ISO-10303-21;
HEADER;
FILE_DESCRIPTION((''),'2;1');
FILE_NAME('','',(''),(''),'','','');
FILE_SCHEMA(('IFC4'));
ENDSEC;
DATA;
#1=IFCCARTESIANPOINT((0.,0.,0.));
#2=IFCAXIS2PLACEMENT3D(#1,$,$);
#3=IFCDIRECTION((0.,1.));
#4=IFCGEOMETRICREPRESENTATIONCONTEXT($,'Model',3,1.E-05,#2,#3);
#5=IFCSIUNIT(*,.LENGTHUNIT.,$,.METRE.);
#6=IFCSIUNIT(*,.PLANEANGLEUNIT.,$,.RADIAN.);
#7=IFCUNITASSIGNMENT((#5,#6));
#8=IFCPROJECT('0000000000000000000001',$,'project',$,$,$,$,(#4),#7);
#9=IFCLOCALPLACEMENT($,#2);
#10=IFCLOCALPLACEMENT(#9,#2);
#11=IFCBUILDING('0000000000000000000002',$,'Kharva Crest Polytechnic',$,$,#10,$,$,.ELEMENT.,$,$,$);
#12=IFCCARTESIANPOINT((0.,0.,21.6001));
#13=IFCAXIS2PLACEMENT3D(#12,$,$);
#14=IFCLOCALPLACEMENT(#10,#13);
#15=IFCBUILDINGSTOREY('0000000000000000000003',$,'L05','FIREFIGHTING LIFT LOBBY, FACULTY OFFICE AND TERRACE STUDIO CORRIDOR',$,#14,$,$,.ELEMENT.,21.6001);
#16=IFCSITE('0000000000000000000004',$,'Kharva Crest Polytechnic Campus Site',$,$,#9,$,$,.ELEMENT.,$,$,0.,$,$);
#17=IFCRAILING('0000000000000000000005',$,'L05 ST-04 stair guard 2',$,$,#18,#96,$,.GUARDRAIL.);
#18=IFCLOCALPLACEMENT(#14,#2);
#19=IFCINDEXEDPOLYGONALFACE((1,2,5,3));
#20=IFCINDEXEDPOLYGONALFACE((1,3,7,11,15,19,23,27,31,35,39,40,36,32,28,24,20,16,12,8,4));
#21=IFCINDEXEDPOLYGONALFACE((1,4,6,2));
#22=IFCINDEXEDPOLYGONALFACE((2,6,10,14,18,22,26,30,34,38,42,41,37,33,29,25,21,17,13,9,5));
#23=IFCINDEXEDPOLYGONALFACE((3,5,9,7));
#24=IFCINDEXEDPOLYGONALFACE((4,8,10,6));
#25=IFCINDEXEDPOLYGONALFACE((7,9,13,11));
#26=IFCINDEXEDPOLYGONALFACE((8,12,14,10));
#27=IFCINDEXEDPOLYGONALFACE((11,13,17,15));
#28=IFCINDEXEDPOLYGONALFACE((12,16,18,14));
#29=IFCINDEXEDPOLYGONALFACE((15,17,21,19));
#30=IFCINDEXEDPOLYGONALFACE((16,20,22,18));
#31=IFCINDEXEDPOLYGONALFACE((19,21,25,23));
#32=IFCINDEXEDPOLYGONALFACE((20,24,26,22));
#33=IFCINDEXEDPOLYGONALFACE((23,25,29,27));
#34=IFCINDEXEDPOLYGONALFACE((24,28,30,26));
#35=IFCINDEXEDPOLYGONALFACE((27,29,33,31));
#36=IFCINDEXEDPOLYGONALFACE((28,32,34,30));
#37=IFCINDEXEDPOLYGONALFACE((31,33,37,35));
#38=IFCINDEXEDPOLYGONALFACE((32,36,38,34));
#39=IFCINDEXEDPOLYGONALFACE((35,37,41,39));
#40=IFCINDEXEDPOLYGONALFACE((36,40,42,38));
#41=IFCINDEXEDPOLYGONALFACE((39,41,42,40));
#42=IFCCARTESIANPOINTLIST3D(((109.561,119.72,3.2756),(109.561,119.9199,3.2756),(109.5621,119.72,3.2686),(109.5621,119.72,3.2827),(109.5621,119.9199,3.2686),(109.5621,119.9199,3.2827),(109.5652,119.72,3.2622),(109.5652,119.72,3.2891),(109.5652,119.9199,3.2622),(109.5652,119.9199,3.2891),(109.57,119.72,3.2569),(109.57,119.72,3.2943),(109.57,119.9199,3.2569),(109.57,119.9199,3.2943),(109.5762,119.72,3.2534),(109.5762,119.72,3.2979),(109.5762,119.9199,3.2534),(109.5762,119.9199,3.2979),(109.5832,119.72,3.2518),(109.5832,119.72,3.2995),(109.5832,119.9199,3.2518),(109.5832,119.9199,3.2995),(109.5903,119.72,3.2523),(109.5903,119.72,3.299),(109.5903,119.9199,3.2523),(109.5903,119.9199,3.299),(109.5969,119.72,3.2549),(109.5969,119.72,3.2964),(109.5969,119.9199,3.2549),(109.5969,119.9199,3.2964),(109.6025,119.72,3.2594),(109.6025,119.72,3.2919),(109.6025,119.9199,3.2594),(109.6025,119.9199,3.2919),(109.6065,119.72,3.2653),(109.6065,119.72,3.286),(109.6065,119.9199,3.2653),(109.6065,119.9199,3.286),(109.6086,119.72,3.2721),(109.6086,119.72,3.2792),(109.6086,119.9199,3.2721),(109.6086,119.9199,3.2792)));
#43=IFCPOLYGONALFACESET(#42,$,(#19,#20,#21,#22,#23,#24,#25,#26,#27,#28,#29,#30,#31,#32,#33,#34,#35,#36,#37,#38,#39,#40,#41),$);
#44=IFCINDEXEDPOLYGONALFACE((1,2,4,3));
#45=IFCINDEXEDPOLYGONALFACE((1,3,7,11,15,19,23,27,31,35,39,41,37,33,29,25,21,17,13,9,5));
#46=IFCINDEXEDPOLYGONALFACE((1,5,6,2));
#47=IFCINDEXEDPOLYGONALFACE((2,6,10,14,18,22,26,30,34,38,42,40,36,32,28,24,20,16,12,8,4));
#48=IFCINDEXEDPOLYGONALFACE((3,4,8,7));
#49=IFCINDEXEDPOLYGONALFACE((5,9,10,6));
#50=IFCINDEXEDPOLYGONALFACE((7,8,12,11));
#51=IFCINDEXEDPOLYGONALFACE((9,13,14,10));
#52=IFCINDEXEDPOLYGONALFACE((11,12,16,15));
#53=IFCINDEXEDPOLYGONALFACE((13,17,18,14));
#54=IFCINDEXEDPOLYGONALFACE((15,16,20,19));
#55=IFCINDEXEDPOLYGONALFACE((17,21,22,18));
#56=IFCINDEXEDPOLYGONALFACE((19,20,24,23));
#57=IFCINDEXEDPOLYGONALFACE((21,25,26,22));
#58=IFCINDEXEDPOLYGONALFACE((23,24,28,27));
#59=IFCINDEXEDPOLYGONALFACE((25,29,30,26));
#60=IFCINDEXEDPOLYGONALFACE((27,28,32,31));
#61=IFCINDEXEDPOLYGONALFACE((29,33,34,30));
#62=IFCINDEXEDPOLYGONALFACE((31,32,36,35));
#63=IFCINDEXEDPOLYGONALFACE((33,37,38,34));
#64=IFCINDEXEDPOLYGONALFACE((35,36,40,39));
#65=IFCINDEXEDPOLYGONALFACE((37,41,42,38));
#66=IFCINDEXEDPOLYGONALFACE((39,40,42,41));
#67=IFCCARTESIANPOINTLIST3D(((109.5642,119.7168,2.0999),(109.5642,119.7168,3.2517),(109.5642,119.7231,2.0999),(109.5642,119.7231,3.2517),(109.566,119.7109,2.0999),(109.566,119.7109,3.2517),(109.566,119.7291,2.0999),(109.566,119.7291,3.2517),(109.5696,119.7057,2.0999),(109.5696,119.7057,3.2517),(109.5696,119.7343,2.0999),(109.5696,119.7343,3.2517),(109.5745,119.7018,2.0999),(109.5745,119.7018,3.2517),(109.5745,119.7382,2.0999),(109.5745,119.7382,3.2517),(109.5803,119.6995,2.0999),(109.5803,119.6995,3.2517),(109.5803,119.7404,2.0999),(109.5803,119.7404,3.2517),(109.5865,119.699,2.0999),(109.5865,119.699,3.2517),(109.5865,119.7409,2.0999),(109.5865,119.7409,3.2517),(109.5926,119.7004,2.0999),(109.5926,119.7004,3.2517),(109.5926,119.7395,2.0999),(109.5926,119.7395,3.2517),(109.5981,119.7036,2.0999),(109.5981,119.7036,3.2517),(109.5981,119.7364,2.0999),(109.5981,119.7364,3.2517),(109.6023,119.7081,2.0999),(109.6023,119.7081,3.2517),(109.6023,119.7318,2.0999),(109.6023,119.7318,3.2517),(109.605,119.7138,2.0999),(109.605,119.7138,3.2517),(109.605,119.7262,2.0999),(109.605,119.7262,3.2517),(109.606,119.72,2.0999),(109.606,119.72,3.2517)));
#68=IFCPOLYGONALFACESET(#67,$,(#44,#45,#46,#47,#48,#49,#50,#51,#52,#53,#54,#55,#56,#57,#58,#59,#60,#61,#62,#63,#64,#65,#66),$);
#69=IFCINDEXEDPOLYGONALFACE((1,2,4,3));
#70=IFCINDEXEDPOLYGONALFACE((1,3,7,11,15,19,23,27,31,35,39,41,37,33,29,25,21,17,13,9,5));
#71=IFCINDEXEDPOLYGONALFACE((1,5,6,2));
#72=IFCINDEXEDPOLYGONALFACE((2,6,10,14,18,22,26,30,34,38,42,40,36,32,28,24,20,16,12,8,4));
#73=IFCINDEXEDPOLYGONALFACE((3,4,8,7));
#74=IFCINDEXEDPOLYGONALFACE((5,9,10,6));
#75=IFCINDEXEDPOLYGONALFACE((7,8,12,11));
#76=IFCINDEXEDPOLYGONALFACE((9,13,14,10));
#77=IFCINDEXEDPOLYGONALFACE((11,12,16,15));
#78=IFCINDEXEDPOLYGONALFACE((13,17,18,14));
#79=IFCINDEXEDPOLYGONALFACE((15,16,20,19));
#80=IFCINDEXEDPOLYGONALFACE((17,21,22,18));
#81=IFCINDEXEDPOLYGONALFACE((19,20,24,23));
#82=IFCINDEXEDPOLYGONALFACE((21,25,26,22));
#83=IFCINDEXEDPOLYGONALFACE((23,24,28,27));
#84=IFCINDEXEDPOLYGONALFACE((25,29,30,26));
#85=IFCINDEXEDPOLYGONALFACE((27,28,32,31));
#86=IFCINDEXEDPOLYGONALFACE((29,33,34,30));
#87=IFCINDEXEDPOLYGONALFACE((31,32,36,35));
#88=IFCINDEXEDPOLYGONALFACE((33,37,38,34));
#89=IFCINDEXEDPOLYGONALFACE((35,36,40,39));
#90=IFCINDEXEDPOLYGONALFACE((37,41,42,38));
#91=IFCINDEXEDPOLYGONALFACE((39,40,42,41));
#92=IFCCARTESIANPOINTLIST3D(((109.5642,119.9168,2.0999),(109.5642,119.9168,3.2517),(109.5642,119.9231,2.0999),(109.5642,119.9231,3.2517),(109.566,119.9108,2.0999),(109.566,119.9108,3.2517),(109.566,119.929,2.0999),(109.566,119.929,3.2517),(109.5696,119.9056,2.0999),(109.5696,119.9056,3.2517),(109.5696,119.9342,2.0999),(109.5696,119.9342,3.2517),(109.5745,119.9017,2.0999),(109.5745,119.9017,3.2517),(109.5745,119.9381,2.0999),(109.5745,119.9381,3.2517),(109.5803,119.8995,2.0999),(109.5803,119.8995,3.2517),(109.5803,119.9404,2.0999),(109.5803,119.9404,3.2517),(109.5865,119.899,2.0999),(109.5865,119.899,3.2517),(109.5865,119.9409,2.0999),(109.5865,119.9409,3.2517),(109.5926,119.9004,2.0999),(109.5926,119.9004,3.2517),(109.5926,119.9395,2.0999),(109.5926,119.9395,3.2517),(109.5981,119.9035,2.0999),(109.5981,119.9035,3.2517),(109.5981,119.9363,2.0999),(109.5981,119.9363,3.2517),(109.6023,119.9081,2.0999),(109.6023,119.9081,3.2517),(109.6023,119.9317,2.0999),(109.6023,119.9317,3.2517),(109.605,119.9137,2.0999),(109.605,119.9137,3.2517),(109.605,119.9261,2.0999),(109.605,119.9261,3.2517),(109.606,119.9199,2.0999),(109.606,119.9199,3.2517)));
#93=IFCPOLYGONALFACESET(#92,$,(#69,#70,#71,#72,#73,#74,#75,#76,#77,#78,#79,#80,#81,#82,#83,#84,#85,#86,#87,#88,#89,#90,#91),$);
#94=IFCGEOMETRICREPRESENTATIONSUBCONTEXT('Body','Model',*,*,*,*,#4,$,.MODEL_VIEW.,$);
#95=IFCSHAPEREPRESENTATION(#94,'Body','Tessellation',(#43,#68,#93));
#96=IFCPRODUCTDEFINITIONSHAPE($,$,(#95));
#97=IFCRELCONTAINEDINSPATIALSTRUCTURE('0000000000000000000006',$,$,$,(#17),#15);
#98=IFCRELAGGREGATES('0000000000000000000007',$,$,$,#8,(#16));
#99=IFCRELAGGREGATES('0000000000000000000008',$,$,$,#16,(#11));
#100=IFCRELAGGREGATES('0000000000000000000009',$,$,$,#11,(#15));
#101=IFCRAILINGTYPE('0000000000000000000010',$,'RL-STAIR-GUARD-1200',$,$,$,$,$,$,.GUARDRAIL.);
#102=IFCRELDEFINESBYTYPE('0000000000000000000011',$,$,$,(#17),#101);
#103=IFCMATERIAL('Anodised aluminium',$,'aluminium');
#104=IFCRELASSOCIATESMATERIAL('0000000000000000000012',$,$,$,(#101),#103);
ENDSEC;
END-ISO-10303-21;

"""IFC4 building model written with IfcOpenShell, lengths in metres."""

from ifc_helpers import new_model, si_unit, direction, frame, origin, origin_2d, place, context, subcontext, project, spatial, circle, extrude, material, type_object, element, save


model = new_model("IFC4")

# Units and contexts
model_context = context("Model", 3, precision=1e-05, world=origin(), true_north=direction((0.0, 1.0)))
body_context = subcontext(model_context, "Body", "Model", "MODEL_VIEW")
ifc_project = project(units=[si_unit("LENGTHUNIT", "METRE"), si_unit("PLANEANGLEUNIT", "RADIAN")], contexts=[model_context])

# Site, building, storey
site_placement = place(None, origin())
site = spatial("IfcSite", under=ifc_project, at=site_placement, Name="Kharva Crest Polytechnic Campus Site", CompositionType="ELEMENT", RefElevation=0.0)
building_placement = place(site_placement, origin())
building = spatial("IfcBuilding", under=site, at=building_placement, Name="Kharva Crest Polytechnic", CompositionType="ELEMENT")
storey_placement = place(building_placement, frame((0.0, 0.0, 21.6001)))
storey = spatial("IfcBuildingStorey", under=building, at=storey_placement, Name="L05", Description="FIREFIGHTING LIFT LOBBY, FACULTY OFFICE AND TERRACE STUDIO CORRIDOR", CompositionType="ELEMENT", Elevation=21.6001)

# Shared definitions
ifc_material_1 = material(Name="Anodised aluminium", Category="aluminium")

# Railing
railing_type_1 = type_object("IfcRailingType", Name="RL-STAIR-GUARD-1200", PredefinedType="GUARDRAIL", material=ifc_material_1)
railing_1_placement = place(storey_placement, frame((109.585, 119.72, 2.0999)))
element("IfcRailing", 1, at=railing_1_placement, inside=storey, type_object=railing_type_1, Name="L05 ST-04 stair guard 2", PredefinedType="GUARDRAIL", context=body_context, shape_type="SweptSolid", body=[
    extrude(circle(Radius=0.0239, at=origin_2d()), frame((0.0, 0.0, 1.1758), z_axis=(0.0, 1.0, 0.0), x_axis=(-1.0, 0.0, 0.0)), (0.0, 0.0, 1.0), 0.2),
    extrude(circle(Radius=0.021, at=origin_2d()), origin(), (0.0, 0.0, 1.0), 1.1519),
    extrude(circle(Radius=0.021, at=origin_2d()), frame((0.0, 0.2, 0.0)), (0.0, 0.0, 1.0), 1.1519),
])

save(model, "model.ifc")
